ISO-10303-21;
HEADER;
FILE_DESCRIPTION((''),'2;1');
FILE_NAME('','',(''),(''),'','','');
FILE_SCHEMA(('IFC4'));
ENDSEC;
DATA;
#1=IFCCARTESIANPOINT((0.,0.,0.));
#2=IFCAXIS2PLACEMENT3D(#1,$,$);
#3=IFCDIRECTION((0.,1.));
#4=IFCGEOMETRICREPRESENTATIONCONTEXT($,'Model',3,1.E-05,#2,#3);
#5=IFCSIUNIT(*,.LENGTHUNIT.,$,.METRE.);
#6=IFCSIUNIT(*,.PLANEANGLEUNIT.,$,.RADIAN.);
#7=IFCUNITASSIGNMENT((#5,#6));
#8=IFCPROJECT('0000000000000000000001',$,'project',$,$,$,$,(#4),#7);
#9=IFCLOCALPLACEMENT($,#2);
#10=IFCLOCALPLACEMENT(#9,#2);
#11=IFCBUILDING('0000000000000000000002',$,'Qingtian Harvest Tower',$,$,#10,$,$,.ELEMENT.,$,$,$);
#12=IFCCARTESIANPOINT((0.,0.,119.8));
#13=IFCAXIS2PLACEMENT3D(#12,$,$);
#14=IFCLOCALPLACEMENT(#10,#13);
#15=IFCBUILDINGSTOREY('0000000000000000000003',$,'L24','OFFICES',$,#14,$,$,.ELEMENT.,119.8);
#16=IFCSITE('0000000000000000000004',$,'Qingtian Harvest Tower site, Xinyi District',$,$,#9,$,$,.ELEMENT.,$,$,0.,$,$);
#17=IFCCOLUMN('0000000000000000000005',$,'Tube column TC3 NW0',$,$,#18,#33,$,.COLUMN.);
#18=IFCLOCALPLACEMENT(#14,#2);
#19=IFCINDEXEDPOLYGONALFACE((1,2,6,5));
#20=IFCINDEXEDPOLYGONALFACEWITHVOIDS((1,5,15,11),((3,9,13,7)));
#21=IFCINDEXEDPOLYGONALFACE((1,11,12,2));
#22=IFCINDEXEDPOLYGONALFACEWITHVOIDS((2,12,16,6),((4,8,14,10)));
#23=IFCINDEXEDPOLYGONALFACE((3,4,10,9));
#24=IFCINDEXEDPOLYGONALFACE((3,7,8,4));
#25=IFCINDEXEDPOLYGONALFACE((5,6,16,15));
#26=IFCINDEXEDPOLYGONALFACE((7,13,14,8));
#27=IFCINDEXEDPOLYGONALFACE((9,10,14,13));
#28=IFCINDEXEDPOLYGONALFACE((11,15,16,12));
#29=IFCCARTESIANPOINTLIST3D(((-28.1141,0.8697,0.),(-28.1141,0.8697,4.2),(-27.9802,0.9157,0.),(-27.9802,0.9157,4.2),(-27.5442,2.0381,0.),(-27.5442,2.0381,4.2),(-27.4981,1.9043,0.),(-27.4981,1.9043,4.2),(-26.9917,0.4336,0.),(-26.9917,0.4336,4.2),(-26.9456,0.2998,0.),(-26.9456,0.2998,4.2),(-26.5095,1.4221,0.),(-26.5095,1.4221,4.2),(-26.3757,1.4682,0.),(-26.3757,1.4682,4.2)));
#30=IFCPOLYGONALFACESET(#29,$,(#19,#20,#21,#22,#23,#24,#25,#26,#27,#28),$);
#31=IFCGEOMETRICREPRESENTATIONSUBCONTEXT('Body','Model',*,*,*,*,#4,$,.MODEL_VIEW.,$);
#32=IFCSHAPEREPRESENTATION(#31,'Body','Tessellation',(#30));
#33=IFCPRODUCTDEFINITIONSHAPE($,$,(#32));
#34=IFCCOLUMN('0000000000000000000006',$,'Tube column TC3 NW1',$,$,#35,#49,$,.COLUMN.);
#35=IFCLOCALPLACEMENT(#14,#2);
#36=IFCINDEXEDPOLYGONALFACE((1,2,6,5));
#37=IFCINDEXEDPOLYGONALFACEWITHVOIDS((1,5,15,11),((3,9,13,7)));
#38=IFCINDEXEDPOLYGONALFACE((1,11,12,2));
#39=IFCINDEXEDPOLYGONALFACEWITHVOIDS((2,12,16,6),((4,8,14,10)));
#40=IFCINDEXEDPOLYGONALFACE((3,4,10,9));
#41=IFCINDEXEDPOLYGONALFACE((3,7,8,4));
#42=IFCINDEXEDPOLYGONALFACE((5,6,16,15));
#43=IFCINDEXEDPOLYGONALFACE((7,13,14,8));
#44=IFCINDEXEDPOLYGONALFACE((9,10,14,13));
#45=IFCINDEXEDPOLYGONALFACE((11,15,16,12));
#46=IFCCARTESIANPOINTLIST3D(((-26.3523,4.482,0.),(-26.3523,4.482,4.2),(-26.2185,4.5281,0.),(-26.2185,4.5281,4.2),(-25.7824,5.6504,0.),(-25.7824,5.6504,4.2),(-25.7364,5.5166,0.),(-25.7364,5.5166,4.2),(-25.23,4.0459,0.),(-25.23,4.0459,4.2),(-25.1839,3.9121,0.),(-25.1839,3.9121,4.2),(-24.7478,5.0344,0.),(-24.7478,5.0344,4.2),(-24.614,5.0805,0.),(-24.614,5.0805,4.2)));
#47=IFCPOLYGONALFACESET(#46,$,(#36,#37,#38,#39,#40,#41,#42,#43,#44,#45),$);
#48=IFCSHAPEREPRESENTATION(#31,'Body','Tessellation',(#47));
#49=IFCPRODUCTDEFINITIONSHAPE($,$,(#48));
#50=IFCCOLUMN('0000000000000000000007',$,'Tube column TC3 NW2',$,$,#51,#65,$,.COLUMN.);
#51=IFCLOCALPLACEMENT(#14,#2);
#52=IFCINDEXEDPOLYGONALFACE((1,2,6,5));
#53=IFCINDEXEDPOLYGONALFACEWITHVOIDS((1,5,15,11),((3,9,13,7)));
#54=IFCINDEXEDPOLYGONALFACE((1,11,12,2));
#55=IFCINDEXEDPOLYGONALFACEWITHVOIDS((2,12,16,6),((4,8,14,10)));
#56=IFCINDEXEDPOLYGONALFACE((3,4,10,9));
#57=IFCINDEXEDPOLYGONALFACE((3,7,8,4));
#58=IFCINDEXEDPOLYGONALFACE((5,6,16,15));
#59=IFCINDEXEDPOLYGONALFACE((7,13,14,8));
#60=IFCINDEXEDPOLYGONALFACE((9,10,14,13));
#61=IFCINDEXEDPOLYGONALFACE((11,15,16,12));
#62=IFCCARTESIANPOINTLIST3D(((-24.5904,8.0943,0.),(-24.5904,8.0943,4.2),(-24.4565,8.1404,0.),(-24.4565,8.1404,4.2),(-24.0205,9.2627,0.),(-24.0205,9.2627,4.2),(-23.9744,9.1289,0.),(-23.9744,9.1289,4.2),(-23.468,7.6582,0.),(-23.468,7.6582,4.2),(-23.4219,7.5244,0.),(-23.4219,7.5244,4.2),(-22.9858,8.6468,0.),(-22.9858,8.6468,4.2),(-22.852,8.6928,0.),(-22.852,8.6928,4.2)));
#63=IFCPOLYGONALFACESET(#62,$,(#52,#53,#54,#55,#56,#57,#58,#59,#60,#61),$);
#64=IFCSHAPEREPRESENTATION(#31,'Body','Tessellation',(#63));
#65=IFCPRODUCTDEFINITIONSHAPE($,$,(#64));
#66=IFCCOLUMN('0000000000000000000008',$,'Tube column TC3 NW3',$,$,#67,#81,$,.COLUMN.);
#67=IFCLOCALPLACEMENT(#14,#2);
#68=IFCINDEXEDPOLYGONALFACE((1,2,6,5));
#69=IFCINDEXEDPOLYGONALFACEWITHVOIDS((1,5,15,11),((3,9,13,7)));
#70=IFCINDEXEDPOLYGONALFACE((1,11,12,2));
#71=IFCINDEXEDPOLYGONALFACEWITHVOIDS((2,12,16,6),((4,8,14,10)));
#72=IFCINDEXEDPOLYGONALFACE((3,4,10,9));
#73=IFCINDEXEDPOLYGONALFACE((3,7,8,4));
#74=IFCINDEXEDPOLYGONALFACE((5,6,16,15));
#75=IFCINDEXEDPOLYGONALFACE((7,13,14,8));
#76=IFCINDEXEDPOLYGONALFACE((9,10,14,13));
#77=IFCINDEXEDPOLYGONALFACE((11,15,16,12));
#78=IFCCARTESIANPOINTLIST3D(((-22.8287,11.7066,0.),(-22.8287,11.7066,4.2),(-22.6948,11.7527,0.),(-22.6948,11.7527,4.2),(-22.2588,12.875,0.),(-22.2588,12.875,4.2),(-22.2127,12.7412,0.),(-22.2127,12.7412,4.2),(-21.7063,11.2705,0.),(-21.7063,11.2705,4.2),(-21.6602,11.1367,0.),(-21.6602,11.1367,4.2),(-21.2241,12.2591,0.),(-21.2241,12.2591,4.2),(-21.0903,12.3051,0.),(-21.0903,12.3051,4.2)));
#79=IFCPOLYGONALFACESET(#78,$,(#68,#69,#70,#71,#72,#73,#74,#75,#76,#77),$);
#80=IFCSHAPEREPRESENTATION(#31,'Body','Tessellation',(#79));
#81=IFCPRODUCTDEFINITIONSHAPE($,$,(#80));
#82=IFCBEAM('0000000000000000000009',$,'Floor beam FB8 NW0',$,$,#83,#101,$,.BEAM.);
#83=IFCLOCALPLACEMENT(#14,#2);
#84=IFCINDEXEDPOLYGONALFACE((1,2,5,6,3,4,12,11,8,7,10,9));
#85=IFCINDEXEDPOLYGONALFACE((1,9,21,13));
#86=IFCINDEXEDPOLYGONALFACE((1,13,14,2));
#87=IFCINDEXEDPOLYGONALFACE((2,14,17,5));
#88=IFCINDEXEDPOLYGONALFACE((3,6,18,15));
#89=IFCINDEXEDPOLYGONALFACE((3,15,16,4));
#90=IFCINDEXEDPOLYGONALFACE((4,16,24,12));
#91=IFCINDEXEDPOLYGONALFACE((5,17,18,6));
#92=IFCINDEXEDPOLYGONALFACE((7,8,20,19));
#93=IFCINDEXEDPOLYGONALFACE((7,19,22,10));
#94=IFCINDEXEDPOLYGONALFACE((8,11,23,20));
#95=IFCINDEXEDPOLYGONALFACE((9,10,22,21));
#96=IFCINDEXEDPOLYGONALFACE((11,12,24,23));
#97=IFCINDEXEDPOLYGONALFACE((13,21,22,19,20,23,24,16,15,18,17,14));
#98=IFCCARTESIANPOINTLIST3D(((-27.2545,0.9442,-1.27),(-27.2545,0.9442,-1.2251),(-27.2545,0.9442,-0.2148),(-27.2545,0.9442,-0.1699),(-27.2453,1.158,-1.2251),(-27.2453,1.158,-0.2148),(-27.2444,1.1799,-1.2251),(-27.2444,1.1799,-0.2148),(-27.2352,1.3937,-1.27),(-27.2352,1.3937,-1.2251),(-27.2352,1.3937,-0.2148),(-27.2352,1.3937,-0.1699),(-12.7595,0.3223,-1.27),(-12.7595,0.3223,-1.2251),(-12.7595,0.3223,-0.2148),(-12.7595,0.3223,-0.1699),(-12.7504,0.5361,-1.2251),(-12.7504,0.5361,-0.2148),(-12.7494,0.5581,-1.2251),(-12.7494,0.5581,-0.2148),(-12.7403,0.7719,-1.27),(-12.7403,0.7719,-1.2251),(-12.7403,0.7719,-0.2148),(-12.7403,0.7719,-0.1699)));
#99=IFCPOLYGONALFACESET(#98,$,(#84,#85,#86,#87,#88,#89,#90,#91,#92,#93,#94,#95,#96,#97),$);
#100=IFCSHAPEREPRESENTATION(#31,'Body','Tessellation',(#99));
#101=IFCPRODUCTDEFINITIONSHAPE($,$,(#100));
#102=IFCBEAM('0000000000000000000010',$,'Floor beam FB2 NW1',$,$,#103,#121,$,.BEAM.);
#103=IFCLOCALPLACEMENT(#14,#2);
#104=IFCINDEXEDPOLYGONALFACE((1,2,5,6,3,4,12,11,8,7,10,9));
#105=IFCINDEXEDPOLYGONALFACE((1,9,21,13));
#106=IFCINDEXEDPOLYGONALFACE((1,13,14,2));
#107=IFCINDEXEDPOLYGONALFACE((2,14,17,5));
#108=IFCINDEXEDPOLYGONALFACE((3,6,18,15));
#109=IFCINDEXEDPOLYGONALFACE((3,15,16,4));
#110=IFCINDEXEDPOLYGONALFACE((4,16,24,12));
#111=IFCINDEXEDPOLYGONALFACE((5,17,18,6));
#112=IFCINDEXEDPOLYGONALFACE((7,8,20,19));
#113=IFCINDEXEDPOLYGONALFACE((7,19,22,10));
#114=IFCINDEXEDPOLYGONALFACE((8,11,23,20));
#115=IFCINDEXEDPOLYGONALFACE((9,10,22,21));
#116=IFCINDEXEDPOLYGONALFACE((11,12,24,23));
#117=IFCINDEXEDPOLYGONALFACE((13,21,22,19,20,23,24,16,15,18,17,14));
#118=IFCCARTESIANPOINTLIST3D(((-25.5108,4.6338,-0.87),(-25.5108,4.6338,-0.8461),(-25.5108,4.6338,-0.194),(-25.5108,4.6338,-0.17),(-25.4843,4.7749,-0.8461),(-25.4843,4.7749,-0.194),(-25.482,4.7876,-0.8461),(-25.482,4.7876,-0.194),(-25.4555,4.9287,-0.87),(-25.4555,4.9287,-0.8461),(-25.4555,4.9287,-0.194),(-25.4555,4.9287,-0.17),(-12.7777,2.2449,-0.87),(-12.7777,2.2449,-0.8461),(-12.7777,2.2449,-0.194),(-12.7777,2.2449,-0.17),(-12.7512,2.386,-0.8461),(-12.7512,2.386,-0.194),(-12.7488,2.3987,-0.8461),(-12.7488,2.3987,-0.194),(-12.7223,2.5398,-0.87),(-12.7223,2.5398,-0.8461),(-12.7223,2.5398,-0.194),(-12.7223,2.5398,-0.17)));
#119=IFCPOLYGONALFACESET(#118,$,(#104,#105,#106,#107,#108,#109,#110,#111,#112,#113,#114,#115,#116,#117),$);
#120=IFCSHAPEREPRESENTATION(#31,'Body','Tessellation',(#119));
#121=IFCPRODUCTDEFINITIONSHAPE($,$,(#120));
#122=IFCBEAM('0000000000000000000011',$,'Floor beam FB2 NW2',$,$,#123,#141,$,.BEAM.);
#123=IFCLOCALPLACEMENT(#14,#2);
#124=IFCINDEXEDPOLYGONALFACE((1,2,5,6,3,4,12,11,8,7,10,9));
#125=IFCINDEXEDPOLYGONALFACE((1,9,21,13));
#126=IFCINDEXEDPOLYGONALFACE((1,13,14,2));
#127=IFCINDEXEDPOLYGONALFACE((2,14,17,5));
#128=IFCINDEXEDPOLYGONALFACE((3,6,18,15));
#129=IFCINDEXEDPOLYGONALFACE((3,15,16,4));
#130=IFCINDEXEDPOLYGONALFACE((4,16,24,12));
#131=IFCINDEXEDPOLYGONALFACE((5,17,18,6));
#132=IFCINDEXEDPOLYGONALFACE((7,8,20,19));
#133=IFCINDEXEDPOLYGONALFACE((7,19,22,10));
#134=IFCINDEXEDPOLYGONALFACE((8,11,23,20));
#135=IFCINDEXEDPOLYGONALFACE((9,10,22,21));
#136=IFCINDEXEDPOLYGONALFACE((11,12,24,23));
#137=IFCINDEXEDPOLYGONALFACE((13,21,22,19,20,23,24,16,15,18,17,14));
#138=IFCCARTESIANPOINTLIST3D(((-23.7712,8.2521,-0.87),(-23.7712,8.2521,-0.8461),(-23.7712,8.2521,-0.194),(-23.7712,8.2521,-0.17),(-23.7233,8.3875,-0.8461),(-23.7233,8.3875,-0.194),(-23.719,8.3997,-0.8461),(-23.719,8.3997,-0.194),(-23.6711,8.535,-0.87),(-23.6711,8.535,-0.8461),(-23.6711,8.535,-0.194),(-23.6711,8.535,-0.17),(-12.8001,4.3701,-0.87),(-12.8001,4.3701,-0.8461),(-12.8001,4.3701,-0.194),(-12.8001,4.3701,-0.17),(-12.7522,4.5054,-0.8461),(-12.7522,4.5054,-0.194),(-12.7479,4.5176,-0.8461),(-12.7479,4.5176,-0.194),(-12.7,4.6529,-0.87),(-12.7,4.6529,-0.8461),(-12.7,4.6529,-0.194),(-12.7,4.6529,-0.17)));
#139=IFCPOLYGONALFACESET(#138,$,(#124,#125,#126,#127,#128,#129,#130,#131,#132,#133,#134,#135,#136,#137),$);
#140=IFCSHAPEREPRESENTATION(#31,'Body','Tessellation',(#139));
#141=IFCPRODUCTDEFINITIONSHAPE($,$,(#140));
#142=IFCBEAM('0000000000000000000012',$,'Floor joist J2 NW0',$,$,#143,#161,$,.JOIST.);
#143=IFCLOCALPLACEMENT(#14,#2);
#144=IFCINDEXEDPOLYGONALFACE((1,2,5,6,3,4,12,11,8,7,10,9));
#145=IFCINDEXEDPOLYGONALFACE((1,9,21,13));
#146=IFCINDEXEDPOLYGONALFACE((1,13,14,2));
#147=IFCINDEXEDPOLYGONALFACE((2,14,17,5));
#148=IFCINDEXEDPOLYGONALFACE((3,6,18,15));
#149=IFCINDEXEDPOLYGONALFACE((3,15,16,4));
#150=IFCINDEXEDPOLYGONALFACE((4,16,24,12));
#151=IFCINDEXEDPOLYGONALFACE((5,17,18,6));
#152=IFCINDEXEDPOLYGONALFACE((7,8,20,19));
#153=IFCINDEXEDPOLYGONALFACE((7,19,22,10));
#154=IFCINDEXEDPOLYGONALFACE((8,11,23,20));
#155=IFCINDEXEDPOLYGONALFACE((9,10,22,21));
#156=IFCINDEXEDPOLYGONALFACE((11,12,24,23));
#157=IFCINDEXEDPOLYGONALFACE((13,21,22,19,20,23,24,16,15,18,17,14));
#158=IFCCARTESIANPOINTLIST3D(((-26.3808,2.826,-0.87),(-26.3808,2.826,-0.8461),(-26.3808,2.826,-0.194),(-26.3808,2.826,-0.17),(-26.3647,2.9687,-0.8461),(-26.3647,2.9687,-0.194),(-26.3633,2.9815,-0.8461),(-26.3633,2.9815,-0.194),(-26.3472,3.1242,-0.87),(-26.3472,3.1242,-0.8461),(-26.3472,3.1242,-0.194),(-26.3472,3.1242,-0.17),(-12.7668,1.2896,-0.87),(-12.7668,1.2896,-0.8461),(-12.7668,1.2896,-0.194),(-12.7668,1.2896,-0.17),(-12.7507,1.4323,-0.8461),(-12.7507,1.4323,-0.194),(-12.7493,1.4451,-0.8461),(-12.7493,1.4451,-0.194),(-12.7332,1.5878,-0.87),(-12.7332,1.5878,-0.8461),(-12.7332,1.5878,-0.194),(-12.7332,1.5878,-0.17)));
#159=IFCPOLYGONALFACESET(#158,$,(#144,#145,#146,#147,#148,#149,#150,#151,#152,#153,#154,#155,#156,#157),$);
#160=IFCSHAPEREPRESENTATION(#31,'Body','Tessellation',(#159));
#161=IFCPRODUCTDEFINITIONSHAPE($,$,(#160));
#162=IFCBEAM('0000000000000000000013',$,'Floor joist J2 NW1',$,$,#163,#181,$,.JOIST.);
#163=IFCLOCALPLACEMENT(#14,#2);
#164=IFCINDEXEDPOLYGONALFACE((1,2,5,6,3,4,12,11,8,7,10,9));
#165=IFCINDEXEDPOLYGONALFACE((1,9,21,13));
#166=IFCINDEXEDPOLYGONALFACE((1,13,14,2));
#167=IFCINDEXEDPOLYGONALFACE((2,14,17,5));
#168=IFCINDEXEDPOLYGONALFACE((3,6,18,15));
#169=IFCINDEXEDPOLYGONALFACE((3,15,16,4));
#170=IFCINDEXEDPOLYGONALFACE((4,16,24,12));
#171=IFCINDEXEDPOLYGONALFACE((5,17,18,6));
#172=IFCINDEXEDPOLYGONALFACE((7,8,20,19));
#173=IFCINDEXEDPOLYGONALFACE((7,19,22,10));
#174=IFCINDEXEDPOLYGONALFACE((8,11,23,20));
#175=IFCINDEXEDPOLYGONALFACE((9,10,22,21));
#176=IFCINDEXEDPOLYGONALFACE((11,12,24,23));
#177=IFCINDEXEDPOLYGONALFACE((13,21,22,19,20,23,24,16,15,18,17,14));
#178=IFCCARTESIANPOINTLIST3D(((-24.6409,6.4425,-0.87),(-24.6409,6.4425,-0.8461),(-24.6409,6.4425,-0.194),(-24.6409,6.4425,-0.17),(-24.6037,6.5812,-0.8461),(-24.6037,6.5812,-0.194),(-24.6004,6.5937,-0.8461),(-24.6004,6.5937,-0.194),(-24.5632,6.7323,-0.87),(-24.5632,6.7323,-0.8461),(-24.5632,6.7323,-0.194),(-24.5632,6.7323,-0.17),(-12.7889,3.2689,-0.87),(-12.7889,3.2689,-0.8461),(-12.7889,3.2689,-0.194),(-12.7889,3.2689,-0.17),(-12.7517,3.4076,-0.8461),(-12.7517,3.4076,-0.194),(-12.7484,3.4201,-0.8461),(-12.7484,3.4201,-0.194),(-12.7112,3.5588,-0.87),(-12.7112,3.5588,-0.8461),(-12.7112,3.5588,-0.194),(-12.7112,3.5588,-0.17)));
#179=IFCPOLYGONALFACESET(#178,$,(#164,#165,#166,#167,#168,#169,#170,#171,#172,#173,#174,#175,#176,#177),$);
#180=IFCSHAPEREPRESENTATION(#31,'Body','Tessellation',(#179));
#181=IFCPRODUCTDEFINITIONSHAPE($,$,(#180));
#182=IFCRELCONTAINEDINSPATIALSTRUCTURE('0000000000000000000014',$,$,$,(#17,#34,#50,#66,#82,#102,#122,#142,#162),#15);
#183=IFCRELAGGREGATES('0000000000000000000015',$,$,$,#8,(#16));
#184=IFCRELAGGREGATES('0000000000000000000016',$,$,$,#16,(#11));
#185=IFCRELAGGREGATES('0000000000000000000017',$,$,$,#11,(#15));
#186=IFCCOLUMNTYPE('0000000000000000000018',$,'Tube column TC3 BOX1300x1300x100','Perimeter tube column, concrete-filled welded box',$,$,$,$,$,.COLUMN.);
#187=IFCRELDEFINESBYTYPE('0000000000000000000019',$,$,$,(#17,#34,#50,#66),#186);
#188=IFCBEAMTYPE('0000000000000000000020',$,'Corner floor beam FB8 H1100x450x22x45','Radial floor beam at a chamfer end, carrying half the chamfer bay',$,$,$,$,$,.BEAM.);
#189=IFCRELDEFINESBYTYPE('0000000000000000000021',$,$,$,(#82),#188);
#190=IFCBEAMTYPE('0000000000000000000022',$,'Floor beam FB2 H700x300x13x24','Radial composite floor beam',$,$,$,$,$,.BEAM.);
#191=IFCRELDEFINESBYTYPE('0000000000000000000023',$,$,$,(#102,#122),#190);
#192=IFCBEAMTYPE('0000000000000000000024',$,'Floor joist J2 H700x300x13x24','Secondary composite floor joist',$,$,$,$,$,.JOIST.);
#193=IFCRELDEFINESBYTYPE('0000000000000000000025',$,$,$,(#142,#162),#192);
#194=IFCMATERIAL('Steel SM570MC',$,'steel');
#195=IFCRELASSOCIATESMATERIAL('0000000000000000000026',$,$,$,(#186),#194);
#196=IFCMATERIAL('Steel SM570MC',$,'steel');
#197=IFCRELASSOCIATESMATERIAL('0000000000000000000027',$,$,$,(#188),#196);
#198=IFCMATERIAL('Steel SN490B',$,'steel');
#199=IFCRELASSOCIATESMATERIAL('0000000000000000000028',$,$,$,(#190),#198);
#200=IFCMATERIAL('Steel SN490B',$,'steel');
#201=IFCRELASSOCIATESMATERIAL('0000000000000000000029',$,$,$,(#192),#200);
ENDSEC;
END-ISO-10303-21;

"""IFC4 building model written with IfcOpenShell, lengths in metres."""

from ifc_helpers import new_model, si_unit, direction, frame, origin, origin_2d, place, context, subcontext, project, spatial, hollow_rectangle, i_section, extrude, material, material_profile, profile_set, type_object, element, save


model = new_model("IFC4")

# Units and contexts
model_context = context("Model", 3, precision=1e-05, world=origin(), true_north=direction((0.0, 1.0)))
body_context = subcontext(model_context, "Body", "Model", "MODEL_VIEW")
ifc_project = project(units=[si_unit("LENGTHUNIT", "METRE"), si_unit("PLANEANGLEUNIT", "RADIAN")], contexts=[model_context])

# Site, building, storey
site_placement = place(None, origin())
site = spatial("IfcSite", under=ifc_project, at=site_placement, Name="Qingtian Harvest Tower site, Xinyi District", CompositionType="ELEMENT", RefElevation=0.0)
building_placement = place(site_placement, origin())
building = spatial("IfcBuilding", under=site, at=building_placement, Name="Qingtian Harvest Tower", CompositionType="ELEMENT")
storey_placement = place(building_placement, frame((0.0, 0.0, 119.8)))
storey = spatial("IfcBuildingStorey", under=building, at=storey_placement, Name="L24", Description="OFFICES", CompositionType="ELEMENT", Elevation=119.8)

# Columns
ifc_material_1 = material(Name="Steel SM570MC", Category="steel")
ifc_material_profile_1 = material_profile(ifc_material_1, hollow_rectangle(XDim=1.3, YDim=1.3, WallThickness=0.1001, at=origin_2d()), Name="BOX1300x1300x100")
ifc_profile_set_1 = profile_set([ifc_material_profile_1], Name="Steel SM570MC")
column_type = type_object("IfcColumnType", Name="Tube column TC3 BOX1300x1300x100", Description="Perimeter tube column, concrete-filled welded box", PredefinedType="COLUMN", material=ifc_profile_set_1)
for number, where, z_axis, x_axis, name in (
    (1, (-27.2449, 1.1689, 0.0), (0.0, 0.0, 1.0), (-0.438371, -0.898794, 0.0), "Tube column TC3 NW0"),
    (2, (-25.4832, 4.7812, 0.0), (0.0, 0.0, 1.0), (-0.438371, -0.898794, 0.0), "Tube column TC3 NW1"),
    (3, (-23.7212, 8.3936, 0.0), (0.0, 0.0, 1.0), (-0.438371, -0.898794, 0.0), "Tube column TC3 NW2"),
    (4, (-21.9595, 12.0059, 0.0), (0.0, 0.0, 1.0), (-0.438371, -0.898794, 0.0), "Tube column TC3 NW3"),
):
    element("IfcColumn", number, at=place(storey_placement, frame(where, z_axis=z_axis, x_axis=x_axis)), inside=storey, type_object=column_type, Name=name, PredefinedType="COLUMN", context=body_context, shape_type="SweptSolid", body=[
        extrude(hollow_rectangle(XDim=1.3, YDim=1.3, WallThickness=0.1001, at=origin_2d()), origin(), (0.0, 0.0, 1.0), 4.2),
    ])

# Beams
ifc_material_2 = material(Name="Steel SM570MC", Category="steel")
ifc_material_profile_2 = material_profile(ifc_material_2, i_section(OverallWidth=0.45, OverallDepth=1.1001, WebThickness=0.022, FlangeThickness=0.0449, at=origin_2d()), Name="H1100x450x22x45")
ifc_profile_set_2 = profile_set([ifc_material_profile_2], Name="Steel SM570MC")
beam_type_1 = type_object("IfcBeamType", Name="Corner floor beam FB8 H1100x450x22x45", Description="Radial floor beam at a chamfer end, carrying half the chamfer bay", PredefinedType="BEAM", material=ifc_profile_set_2)
beam_1_placement = place(storey_placement, frame((-27.2449, 1.1689, -0.72), z_axis=(0.999081, -0.04286, 0.0), x_axis=(0.04286, 0.999081, 0.0)))
element("IfcBeam", 5, at=beam_1_placement, inside=storey, type_object=beam_type_1, Name="Floor beam FB8 NW0", PredefinedType="BEAM", context=body_context, shape_type="SweptSolid", body=[
    extrude(i_section(OverallWidth=0.45, OverallDepth=1.1001, WebThickness=0.022, FlangeThickness=0.0449, at=origin_2d()), origin(), (0.0, 0.0, 1.0), 14.5083),
])
ifc_material_3 = material(Name="Steel SN490B", Category="steel")
ifc_material_profile_3 = material_profile(ifc_material_3, i_section(OverallWidth=0.3, OverallDepth=0.7, WebThickness=0.0129, FlangeThickness=0.0239, at=origin_2d()), Name="H700x300x13x24")
ifc_profile_set_3 = profile_set([ifc_material_profile_3], Name="Steel SN490B")
beam_type_2 = type_object("IfcBeamType", Name="Floor beam FB2 H700x300x13x24", Description="Radial composite floor beam", PredefinedType="BEAM", material=ifc_profile_set_3)
beam_2_placement = place(storey_placement, frame((-25.4832, 4.7812, -0.52), z_axis=(0.982852, -0.184397, 0.0), x_axis=(0.184397, 0.982852, 0.0)))
element("IfcBeam", 6, at=beam_2_placement, inside=storey, type_object=beam_type_2, Name="Floor beam FB2 NW1", PredefinedType="BEAM", context=body_context, shape_type="SweptSolid", body=[
    extrude(i_section(OverallWidth=0.3, OverallDepth=0.7, WebThickness=0.0129, FlangeThickness=0.0239, at=origin_2d()), origin(), (0.0, 0.0, 1.0), 12.9553),
])
beam_3_placement = place(storey_placement, frame((-23.7212, 8.3936, -0.52), z_axis=(0.942723, -0.333576, 0.0), x_axis=(0.333576, 0.942723, 0.0)))
element("IfcBeam", 7, at=beam_3_placement, inside=storey, type_object=beam_type_2, Name="Floor beam FB2 NW2", PredefinedType="BEAM", context=body_context, shape_type="SweptSolid", body=[
    extrude(i_section(OverallWidth=0.3, OverallDepth=0.7, WebThickness=0.0129, FlangeThickness=0.0239, at=origin_2d()), origin(), (0.0, 0.0, 1.0), 11.6377),
])
ifc_material_4 = material(Name="Steel SN490B", Category="steel")
ifc_material_profile_4 = material_profile(ifc_material_4, i_section(OverallWidth=0.3, OverallDepth=0.7, WebThickness=0.0129, FlangeThickness=0.0239, at=origin_2d()), Name="H700x300x13x24")
ifc_profile_set_4 = profile_set([ifc_material_profile_4], Name="Steel SN490B")
beam_type_3 = type_object("IfcBeamType", Name="Floor joist J2 H700x300x13x24", Description="Secondary composite floor joist", PredefinedType="JOIST", material=ifc_profile_set_4)
beam_4_placement = place(storey_placement, frame((-26.364, 2.9751, -0.52), z_axis=(0.993692, -0.112141, 0.0), x_axis=(0.112141, 0.993692, 0.0)))
element("IfcBeam", 8, at=beam_4_placement, inside=storey, type_object=beam_type_3, Name="Floor joist J2 NW0", PredefinedType="JOIST", context=body_context, shape_type="SweptSolid", body=[
    extrude(i_section(OverallWidth=0.3, OverallDepth=0.7, WebThickness=0.0129, FlangeThickness=0.0239, at=origin_2d()), origin(), (0.0, 0.0, 1.0), 13.7004),
])
beam_5_placement = place(storey_placement, frame((-24.6021, 6.5874, -0.52), z_axis=(0.96597, -0.258655, 0.0), x_axis=(0.258655, 0.96597, 0.0)))
element("IfcBeam", 9, at=beam_5_placement, inside=storey, type_object=beam_type_3, Name="Floor joist J2 NW1", PredefinedType="JOIST", context=body_context, shape_type="SweptSolid", body=[
    extrude(i_section(OverallWidth=0.3, OverallDepth=0.7, WebThickness=0.0129, FlangeThickness=0.0239, at=origin_2d()), origin(), (0.0, 0.0, 1.0), 12.2695),
])

save(model, "model.ifc")
